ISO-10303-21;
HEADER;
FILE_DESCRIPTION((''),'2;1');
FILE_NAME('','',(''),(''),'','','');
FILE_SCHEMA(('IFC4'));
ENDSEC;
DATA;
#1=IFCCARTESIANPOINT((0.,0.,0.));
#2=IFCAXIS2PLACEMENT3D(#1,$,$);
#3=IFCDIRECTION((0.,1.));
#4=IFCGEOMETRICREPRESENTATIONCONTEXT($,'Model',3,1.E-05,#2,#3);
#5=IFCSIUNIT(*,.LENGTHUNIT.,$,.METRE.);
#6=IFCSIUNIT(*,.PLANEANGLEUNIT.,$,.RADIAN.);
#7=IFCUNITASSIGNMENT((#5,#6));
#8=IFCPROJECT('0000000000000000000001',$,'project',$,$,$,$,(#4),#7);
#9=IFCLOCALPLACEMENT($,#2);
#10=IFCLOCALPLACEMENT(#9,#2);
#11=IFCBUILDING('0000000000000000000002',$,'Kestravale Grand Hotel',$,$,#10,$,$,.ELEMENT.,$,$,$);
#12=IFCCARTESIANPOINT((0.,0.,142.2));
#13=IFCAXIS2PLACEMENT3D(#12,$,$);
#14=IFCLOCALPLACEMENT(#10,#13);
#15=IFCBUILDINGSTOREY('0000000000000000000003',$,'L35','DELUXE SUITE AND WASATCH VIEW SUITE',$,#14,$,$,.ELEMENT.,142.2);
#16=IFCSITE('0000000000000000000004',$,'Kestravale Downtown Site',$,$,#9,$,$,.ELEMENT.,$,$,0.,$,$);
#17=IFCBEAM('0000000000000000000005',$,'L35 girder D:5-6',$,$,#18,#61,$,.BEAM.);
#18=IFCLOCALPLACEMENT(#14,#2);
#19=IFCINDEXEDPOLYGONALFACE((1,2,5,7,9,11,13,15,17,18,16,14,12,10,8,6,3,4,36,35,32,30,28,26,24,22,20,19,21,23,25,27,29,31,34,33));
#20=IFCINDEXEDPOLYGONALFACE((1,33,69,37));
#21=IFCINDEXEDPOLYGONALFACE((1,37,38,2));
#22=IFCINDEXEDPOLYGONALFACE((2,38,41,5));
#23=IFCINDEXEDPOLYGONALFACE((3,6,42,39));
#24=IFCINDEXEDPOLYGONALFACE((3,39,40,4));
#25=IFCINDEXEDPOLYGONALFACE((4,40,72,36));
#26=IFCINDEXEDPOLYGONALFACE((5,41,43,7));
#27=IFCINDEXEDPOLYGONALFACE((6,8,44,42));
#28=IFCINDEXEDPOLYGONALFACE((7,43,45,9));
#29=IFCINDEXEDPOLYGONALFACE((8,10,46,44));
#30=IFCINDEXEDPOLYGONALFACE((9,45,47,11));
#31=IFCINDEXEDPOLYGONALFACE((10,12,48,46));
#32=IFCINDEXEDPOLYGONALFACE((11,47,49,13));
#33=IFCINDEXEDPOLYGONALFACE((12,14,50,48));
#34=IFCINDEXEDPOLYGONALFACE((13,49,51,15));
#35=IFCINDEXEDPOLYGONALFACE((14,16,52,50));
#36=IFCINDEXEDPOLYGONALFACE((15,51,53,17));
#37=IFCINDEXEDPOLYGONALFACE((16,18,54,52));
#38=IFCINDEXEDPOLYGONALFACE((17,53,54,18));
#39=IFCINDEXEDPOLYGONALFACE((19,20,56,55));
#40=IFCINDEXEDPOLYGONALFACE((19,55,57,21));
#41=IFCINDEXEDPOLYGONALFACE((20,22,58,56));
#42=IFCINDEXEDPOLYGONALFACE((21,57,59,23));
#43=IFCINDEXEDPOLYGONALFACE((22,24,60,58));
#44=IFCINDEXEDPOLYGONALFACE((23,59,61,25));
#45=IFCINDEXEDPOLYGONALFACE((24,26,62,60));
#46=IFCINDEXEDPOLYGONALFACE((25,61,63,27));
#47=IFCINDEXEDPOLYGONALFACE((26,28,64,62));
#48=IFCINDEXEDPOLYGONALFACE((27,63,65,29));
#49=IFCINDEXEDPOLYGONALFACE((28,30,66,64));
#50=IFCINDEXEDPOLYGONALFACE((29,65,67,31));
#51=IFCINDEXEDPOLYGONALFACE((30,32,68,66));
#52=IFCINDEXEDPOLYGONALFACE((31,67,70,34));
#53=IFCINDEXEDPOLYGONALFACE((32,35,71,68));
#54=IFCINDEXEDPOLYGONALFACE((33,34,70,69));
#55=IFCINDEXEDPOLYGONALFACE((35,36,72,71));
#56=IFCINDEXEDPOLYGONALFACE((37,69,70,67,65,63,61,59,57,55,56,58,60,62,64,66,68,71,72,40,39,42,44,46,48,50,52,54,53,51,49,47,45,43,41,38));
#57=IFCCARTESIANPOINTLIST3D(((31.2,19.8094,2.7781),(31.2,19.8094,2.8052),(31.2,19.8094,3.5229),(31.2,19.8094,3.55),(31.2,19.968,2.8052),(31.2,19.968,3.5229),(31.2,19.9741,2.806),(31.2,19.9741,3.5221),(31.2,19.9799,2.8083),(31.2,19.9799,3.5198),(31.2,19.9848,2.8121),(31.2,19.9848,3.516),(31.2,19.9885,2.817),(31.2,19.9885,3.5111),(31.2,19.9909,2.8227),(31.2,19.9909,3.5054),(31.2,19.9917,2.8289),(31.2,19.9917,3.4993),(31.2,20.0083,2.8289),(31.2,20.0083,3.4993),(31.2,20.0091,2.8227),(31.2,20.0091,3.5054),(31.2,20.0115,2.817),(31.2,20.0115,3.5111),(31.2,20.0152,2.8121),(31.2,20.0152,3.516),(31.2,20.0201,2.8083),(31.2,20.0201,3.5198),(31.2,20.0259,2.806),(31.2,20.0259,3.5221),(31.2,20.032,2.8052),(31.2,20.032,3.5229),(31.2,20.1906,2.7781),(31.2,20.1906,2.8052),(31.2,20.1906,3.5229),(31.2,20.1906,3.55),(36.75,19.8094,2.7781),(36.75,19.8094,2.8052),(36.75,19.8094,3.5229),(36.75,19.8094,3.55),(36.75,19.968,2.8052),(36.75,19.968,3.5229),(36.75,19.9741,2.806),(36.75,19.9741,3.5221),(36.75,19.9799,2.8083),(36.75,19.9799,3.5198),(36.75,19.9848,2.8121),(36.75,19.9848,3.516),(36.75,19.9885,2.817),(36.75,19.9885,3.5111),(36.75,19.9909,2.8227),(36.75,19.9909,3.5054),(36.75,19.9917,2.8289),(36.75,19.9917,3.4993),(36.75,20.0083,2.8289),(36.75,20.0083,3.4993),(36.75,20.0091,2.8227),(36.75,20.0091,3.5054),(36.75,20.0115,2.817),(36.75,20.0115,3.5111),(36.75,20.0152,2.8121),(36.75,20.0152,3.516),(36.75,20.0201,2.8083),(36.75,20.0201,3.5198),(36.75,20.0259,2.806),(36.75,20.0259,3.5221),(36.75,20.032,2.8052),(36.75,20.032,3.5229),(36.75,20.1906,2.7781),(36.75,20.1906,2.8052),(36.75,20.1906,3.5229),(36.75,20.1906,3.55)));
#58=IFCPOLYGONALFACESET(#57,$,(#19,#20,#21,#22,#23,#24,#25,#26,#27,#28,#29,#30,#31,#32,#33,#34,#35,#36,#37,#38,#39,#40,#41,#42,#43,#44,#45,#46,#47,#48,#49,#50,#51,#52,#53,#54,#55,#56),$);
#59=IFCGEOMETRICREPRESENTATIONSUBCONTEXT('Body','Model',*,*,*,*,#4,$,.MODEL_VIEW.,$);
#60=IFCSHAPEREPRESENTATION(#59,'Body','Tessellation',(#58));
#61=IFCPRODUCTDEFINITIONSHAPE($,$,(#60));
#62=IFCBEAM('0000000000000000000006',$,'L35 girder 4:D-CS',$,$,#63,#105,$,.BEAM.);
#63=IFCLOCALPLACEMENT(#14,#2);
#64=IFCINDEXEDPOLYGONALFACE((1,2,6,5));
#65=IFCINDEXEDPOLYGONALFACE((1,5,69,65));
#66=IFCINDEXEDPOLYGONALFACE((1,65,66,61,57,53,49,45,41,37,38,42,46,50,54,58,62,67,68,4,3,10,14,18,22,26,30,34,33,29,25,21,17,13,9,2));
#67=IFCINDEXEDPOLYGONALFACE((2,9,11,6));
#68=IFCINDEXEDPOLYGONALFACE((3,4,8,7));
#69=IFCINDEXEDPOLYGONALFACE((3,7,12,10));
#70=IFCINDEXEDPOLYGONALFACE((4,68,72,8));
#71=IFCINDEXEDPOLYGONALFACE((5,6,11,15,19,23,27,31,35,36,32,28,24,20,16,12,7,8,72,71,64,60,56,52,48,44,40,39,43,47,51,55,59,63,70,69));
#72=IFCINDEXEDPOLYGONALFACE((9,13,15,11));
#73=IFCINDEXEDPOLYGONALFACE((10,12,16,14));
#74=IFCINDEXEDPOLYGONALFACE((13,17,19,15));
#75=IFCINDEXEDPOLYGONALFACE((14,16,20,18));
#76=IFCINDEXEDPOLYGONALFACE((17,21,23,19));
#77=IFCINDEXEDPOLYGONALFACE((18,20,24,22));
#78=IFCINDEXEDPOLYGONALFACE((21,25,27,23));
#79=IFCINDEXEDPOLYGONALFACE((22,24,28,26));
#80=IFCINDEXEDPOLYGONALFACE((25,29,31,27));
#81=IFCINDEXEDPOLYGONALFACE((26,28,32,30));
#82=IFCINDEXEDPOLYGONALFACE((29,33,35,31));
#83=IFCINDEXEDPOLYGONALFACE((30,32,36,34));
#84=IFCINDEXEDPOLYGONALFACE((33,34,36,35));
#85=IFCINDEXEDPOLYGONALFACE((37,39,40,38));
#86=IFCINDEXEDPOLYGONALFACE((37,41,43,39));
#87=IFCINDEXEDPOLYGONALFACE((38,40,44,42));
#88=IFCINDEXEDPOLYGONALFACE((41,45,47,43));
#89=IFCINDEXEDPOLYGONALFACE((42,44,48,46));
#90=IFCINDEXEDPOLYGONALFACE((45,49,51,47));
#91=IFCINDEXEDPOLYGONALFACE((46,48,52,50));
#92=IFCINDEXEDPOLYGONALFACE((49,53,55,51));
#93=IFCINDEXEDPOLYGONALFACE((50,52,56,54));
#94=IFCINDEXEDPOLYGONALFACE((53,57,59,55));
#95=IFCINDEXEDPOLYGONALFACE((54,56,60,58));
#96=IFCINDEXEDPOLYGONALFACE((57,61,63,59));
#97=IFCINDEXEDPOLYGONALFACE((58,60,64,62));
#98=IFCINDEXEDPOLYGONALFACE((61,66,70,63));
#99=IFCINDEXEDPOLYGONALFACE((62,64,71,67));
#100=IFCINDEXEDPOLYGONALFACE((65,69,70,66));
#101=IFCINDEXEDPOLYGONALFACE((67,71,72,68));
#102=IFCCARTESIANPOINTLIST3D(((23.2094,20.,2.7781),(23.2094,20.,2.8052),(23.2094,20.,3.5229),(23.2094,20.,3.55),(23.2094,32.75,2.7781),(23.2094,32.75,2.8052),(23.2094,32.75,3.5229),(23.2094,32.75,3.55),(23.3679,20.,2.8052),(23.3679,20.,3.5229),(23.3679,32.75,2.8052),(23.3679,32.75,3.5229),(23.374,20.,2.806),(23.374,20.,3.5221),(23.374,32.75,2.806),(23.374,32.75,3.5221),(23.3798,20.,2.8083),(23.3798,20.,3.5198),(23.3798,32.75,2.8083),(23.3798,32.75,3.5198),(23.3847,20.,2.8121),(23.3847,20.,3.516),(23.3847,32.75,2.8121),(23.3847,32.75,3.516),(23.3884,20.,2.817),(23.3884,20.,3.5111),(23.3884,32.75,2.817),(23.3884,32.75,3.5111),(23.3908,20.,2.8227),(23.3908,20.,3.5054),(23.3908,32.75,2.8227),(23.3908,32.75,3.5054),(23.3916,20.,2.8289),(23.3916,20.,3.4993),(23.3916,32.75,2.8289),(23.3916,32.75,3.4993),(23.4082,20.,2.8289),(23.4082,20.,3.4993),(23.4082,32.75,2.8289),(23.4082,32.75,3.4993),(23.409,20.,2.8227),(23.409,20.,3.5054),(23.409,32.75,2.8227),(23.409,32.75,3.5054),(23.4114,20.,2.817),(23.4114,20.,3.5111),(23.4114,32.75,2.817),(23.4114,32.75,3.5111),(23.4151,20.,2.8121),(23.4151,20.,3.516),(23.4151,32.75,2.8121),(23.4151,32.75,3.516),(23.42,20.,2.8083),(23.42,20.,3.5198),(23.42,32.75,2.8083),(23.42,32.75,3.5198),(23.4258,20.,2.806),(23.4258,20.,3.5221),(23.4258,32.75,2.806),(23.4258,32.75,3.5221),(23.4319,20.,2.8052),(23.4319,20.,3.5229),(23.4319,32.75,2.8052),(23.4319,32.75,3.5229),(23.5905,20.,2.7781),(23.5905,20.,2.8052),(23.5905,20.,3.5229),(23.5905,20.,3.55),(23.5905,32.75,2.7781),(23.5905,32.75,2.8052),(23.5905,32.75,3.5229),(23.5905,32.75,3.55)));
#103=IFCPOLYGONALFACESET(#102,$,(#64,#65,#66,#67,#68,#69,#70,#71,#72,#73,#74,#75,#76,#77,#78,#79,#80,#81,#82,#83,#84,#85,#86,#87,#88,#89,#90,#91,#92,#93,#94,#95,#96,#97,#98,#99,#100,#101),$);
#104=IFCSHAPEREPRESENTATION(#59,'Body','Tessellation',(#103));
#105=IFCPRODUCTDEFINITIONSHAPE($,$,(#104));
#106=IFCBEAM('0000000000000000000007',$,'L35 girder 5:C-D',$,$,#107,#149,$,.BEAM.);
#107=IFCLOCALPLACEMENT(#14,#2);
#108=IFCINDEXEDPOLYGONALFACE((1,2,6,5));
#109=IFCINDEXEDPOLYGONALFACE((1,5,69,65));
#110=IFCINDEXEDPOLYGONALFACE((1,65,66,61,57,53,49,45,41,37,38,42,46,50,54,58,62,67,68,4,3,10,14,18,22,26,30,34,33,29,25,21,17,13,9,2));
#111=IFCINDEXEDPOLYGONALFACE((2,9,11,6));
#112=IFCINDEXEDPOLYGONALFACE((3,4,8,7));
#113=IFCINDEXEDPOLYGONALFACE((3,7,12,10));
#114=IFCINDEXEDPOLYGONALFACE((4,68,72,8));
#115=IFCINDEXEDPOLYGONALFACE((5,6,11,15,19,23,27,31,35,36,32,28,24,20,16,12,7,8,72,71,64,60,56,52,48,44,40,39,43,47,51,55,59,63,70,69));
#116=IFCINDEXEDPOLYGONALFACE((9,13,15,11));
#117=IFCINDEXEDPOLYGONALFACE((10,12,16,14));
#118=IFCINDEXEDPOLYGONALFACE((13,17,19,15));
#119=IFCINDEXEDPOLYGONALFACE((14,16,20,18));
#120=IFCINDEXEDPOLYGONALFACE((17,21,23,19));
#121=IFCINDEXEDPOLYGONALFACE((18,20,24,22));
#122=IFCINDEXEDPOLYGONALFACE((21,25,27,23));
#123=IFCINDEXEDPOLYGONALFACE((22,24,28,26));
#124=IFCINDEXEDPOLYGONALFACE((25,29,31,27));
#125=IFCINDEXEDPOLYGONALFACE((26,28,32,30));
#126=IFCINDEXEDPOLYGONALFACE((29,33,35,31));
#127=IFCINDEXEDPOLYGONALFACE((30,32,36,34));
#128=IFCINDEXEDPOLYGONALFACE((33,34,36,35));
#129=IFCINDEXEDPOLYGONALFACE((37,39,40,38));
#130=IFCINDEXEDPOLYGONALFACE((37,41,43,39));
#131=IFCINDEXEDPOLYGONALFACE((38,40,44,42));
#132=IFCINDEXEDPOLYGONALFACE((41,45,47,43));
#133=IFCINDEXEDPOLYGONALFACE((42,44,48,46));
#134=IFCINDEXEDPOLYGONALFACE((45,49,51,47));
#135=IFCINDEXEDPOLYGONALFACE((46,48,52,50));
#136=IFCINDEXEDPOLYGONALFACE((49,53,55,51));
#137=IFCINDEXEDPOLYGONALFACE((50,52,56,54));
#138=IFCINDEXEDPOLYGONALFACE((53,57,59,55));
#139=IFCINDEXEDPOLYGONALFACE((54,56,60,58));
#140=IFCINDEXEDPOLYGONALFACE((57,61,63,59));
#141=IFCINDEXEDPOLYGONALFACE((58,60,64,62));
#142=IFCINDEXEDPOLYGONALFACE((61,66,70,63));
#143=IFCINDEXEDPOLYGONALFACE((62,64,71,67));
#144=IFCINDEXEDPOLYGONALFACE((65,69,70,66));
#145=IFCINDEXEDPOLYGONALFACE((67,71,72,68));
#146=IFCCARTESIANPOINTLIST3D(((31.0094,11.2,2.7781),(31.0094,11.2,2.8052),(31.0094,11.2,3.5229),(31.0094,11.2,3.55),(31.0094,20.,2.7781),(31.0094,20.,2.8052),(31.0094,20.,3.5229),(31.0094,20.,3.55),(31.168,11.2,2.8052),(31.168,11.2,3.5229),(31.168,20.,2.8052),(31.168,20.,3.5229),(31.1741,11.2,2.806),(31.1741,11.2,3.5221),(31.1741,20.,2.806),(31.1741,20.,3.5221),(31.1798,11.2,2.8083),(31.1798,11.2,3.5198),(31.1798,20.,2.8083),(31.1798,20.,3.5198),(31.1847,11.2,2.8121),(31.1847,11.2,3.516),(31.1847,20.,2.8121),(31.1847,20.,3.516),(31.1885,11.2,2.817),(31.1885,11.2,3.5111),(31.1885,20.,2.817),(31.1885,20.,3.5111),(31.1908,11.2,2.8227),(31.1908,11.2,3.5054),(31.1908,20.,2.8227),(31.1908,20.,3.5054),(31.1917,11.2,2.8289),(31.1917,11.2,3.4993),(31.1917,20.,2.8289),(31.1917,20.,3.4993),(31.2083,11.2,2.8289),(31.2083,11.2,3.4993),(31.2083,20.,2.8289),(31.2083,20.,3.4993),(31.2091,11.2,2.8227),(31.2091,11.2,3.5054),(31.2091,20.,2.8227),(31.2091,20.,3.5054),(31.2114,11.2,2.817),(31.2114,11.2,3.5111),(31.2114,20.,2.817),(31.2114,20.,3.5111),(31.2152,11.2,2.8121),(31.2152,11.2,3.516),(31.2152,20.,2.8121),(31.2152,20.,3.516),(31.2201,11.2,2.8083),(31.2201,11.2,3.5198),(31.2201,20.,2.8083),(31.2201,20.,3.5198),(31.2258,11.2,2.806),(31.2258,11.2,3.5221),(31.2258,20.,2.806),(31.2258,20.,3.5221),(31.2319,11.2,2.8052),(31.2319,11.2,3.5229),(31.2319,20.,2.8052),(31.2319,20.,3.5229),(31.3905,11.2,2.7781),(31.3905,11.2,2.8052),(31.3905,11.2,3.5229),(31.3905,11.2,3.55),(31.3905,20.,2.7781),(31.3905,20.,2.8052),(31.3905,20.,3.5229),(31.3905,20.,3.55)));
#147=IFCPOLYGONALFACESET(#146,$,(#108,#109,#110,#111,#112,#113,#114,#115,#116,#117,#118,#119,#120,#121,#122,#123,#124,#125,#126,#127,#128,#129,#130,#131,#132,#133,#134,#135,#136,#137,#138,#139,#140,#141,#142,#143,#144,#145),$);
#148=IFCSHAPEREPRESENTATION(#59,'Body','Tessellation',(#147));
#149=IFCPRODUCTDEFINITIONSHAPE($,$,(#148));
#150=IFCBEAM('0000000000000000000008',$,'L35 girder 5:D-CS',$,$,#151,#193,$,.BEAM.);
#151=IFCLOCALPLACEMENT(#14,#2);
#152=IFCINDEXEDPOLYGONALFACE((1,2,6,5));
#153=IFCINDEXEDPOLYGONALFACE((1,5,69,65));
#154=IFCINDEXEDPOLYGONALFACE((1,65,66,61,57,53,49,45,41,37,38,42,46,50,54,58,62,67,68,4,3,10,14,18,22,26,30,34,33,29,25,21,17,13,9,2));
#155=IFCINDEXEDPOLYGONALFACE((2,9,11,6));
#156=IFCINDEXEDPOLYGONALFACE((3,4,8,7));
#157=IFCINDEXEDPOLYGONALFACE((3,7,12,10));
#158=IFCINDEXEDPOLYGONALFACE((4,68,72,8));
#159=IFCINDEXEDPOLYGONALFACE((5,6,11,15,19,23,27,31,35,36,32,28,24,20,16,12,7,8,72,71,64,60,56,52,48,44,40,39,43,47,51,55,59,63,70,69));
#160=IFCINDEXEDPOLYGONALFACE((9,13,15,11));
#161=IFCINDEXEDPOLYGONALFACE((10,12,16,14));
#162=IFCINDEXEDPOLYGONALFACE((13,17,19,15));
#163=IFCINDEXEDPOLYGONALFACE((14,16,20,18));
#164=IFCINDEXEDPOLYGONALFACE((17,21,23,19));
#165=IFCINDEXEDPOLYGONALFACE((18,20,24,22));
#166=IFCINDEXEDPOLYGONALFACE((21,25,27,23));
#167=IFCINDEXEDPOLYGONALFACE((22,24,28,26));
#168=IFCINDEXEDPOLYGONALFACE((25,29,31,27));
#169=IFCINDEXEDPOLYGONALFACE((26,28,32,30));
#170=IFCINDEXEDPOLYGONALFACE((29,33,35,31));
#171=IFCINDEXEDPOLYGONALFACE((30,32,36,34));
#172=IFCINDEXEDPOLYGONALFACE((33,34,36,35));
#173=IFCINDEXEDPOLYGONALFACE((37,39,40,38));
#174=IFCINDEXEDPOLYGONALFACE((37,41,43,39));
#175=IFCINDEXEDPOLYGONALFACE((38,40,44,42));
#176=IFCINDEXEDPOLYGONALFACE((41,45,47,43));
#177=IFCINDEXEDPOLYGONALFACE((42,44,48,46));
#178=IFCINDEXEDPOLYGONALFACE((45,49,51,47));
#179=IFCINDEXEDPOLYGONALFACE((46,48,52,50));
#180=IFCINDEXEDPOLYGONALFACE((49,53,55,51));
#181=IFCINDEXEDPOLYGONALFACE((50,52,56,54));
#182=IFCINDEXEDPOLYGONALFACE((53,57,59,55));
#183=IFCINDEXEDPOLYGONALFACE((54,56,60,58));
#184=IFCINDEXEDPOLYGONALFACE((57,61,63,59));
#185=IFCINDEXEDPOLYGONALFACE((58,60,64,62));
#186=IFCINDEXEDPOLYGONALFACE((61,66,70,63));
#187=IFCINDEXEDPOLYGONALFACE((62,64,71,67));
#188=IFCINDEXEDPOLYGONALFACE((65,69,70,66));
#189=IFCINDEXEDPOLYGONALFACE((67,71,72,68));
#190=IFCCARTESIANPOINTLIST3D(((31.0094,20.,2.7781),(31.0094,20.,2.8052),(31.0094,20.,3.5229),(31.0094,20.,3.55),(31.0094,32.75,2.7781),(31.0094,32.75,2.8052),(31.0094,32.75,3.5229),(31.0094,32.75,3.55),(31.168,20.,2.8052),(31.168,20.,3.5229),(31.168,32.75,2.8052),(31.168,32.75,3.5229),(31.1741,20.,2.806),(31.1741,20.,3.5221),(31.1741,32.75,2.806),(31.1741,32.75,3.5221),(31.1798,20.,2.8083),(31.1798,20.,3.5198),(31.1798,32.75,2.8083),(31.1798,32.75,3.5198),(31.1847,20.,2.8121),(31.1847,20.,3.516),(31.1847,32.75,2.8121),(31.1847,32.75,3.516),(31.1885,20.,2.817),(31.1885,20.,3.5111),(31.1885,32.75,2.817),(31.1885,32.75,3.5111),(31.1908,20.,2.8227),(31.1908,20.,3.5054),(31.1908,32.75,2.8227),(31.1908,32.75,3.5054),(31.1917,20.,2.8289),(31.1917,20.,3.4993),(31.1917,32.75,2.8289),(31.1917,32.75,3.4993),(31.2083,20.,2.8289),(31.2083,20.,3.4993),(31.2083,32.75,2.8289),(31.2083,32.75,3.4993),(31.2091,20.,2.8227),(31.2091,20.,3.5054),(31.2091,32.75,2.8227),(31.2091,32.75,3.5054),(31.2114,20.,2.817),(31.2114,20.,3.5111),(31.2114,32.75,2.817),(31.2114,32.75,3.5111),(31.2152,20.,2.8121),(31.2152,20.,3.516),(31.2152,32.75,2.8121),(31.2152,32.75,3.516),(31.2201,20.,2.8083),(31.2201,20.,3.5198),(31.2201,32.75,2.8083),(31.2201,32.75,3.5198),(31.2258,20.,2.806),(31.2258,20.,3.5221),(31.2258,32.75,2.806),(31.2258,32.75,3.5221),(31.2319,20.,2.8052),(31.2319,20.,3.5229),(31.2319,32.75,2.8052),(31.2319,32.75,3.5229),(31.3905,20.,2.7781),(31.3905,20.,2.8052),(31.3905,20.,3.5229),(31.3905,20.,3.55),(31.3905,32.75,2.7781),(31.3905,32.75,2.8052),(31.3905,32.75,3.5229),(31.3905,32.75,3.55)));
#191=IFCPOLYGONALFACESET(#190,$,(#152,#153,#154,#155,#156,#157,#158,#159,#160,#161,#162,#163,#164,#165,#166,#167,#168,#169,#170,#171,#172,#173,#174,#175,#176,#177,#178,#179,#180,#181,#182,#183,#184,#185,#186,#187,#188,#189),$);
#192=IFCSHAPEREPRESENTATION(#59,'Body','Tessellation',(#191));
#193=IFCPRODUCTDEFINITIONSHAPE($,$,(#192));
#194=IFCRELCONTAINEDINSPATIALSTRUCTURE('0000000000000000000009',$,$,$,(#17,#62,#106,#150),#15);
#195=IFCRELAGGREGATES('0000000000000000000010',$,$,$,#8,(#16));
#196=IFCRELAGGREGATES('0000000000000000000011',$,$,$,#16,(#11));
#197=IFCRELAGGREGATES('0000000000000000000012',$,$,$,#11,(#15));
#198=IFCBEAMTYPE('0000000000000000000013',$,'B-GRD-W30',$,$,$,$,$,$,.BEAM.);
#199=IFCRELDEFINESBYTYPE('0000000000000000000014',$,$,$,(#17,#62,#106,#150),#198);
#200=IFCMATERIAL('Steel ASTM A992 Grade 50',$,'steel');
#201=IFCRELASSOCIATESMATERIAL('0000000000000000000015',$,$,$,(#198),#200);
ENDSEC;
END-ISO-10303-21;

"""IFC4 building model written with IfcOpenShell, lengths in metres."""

from ifc_helpers import new_model, si_unit, direction, frame, origin, origin_2d, place, context, subcontext, project, spatial, i_section, extrude, material, material_profile, profile_set, type_object, element, save


model = new_model("IFC4")

# Units and contexts
model_context = context("Model", 3, precision=1e-05, world=origin(), true_north=direction((0.0, 1.0)))
body_context = subcontext(model_context, "Body", "Model", "MODEL_VIEW")
ifc_project = project(units=[si_unit("LENGTHUNIT", "METRE"), si_unit("PLANEANGLEUNIT", "RADIAN")], contexts=[model_context])

# Site, building, storey
site_placement = place(None, origin())
site = spatial("IfcSite", under=ifc_project, at=site_placement, Name="Kestravale Downtown Site", CompositionType="ELEMENT", RefElevation=0.0)
building_placement = place(site_placement, origin())
building = spatial("IfcBuilding", under=site, at=building_placement, Name="Kestravale Grand Hotel", CompositionType="ELEMENT")
storey_placement = place(building_placement, frame((0.0, 0.0, 142.2)))
storey = spatial("IfcBuildingStorey", under=building, at=storey_placement, Name="L35", Description="DELUXE SUITE AND WASATCH VIEW SUITE", CompositionType="ELEMENT", Elevation=142.2)

# Beams
ifc_material_1 = material(Name="Steel ASTM A992 Grade 50", Category="steel")
ifc_material_profile_1 = material_profile(ifc_material_1, i_section(OverallWidth=0.3811, OverallDepth=0.772, WebThickness=0.0166, FlangeThickness=0.0271, FilletRadius=0.0237, at=origin_2d()))
ifc_profile_set_1 = profile_set([ifc_material_profile_1], Name="Steel ASTM A992 Grade 50")
beam_type_1 = type_object("IfcBeamType", Name="B-GRD-W30", PredefinedType="BEAM", material=ifc_profile_set_1)
beam_1_placement = place(storey_placement, frame((31.2, 20.0, 3.1641), z_axis=(1.0, 0.0, 0.0), x_axis=(0.0, 1.0, 0.0)))
element("IfcBeam", 1, at=beam_1_placement, inside=storey, type_object=beam_type_1, Name="L35 girder D:5-6", PredefinedType="BEAM", context=body_context, shape_type="SweptSolid", body=[
    extrude(i_section(OverallWidth=0.3811, OverallDepth=0.772, WebThickness=0.0166, FlangeThickness=0.0271, FilletRadius=0.0237, at=origin_2d()), origin(), (0.0, 0.0, 1.0), 5.55),
])
beam_2_placement = place(storey_placement, frame((23.3999, 20.0, 3.1641), z_axis=(0.0, 1.0, 0.0), x_axis=(-1.0, 0.0, 0.0)))
element("IfcBeam", 2, at=beam_2_placement, inside=storey, type_object=beam_type_1, Name="L35 girder 4:D-CS", PredefinedType="BEAM", context=body_context, shape_type="SweptSolid", body=[
    extrude(i_section(OverallWidth=0.3811, OverallDepth=0.772, WebThickness=0.0166, FlangeThickness=0.0271, FilletRadius=0.0237, at=origin_2d()), origin(), (0.0, 0.0, 1.0), 12.75),
])
beam_3_placement = place(storey_placement, frame((31.2, 11.2, 3.1641), z_axis=(0.0, 1.0, 0.0), x_axis=(-1.0, 0.0, 0.0)))
element("IfcBeam", 3, at=beam_3_placement, inside=storey, type_object=beam_type_1, Name="L35 girder 5:C-D", PredefinedType="BEAM", context=body_context, shape_type="SweptSolid", body=[
    extrude(i_section(OverallWidth=0.3811, OverallDepth=0.772, WebThickness=0.0166, FlangeThickness=0.0271, FilletRadius=0.0237, at=origin_2d()), origin(), (0.0, 0.0, 1.0), 8.8),
])
beam_4_placement = place(storey_placement, frame((31.2, 20.0, 3.1641), z_axis=(0.0, 1.0, 0.0), x_axis=(-1.0, 0.0, 0.0)))
element("IfcBeam", 4, at=beam_4_placement, inside=storey, type_object=beam_type_1, Name="L35 girder 5:D-CS", PredefinedType="BEAM", context=body_context, shape_type="SweptSolid", body=[
    extrude(i_section(OverallWidth=0.3811, OverallDepth=0.772, WebThickness=0.0166, FlangeThickness=0.0271, FilletRadius=0.0237, at=origin_2d()), origin(), (0.0, 0.0, 1.0), 12.75),
])

save(model, "model.ifc")
